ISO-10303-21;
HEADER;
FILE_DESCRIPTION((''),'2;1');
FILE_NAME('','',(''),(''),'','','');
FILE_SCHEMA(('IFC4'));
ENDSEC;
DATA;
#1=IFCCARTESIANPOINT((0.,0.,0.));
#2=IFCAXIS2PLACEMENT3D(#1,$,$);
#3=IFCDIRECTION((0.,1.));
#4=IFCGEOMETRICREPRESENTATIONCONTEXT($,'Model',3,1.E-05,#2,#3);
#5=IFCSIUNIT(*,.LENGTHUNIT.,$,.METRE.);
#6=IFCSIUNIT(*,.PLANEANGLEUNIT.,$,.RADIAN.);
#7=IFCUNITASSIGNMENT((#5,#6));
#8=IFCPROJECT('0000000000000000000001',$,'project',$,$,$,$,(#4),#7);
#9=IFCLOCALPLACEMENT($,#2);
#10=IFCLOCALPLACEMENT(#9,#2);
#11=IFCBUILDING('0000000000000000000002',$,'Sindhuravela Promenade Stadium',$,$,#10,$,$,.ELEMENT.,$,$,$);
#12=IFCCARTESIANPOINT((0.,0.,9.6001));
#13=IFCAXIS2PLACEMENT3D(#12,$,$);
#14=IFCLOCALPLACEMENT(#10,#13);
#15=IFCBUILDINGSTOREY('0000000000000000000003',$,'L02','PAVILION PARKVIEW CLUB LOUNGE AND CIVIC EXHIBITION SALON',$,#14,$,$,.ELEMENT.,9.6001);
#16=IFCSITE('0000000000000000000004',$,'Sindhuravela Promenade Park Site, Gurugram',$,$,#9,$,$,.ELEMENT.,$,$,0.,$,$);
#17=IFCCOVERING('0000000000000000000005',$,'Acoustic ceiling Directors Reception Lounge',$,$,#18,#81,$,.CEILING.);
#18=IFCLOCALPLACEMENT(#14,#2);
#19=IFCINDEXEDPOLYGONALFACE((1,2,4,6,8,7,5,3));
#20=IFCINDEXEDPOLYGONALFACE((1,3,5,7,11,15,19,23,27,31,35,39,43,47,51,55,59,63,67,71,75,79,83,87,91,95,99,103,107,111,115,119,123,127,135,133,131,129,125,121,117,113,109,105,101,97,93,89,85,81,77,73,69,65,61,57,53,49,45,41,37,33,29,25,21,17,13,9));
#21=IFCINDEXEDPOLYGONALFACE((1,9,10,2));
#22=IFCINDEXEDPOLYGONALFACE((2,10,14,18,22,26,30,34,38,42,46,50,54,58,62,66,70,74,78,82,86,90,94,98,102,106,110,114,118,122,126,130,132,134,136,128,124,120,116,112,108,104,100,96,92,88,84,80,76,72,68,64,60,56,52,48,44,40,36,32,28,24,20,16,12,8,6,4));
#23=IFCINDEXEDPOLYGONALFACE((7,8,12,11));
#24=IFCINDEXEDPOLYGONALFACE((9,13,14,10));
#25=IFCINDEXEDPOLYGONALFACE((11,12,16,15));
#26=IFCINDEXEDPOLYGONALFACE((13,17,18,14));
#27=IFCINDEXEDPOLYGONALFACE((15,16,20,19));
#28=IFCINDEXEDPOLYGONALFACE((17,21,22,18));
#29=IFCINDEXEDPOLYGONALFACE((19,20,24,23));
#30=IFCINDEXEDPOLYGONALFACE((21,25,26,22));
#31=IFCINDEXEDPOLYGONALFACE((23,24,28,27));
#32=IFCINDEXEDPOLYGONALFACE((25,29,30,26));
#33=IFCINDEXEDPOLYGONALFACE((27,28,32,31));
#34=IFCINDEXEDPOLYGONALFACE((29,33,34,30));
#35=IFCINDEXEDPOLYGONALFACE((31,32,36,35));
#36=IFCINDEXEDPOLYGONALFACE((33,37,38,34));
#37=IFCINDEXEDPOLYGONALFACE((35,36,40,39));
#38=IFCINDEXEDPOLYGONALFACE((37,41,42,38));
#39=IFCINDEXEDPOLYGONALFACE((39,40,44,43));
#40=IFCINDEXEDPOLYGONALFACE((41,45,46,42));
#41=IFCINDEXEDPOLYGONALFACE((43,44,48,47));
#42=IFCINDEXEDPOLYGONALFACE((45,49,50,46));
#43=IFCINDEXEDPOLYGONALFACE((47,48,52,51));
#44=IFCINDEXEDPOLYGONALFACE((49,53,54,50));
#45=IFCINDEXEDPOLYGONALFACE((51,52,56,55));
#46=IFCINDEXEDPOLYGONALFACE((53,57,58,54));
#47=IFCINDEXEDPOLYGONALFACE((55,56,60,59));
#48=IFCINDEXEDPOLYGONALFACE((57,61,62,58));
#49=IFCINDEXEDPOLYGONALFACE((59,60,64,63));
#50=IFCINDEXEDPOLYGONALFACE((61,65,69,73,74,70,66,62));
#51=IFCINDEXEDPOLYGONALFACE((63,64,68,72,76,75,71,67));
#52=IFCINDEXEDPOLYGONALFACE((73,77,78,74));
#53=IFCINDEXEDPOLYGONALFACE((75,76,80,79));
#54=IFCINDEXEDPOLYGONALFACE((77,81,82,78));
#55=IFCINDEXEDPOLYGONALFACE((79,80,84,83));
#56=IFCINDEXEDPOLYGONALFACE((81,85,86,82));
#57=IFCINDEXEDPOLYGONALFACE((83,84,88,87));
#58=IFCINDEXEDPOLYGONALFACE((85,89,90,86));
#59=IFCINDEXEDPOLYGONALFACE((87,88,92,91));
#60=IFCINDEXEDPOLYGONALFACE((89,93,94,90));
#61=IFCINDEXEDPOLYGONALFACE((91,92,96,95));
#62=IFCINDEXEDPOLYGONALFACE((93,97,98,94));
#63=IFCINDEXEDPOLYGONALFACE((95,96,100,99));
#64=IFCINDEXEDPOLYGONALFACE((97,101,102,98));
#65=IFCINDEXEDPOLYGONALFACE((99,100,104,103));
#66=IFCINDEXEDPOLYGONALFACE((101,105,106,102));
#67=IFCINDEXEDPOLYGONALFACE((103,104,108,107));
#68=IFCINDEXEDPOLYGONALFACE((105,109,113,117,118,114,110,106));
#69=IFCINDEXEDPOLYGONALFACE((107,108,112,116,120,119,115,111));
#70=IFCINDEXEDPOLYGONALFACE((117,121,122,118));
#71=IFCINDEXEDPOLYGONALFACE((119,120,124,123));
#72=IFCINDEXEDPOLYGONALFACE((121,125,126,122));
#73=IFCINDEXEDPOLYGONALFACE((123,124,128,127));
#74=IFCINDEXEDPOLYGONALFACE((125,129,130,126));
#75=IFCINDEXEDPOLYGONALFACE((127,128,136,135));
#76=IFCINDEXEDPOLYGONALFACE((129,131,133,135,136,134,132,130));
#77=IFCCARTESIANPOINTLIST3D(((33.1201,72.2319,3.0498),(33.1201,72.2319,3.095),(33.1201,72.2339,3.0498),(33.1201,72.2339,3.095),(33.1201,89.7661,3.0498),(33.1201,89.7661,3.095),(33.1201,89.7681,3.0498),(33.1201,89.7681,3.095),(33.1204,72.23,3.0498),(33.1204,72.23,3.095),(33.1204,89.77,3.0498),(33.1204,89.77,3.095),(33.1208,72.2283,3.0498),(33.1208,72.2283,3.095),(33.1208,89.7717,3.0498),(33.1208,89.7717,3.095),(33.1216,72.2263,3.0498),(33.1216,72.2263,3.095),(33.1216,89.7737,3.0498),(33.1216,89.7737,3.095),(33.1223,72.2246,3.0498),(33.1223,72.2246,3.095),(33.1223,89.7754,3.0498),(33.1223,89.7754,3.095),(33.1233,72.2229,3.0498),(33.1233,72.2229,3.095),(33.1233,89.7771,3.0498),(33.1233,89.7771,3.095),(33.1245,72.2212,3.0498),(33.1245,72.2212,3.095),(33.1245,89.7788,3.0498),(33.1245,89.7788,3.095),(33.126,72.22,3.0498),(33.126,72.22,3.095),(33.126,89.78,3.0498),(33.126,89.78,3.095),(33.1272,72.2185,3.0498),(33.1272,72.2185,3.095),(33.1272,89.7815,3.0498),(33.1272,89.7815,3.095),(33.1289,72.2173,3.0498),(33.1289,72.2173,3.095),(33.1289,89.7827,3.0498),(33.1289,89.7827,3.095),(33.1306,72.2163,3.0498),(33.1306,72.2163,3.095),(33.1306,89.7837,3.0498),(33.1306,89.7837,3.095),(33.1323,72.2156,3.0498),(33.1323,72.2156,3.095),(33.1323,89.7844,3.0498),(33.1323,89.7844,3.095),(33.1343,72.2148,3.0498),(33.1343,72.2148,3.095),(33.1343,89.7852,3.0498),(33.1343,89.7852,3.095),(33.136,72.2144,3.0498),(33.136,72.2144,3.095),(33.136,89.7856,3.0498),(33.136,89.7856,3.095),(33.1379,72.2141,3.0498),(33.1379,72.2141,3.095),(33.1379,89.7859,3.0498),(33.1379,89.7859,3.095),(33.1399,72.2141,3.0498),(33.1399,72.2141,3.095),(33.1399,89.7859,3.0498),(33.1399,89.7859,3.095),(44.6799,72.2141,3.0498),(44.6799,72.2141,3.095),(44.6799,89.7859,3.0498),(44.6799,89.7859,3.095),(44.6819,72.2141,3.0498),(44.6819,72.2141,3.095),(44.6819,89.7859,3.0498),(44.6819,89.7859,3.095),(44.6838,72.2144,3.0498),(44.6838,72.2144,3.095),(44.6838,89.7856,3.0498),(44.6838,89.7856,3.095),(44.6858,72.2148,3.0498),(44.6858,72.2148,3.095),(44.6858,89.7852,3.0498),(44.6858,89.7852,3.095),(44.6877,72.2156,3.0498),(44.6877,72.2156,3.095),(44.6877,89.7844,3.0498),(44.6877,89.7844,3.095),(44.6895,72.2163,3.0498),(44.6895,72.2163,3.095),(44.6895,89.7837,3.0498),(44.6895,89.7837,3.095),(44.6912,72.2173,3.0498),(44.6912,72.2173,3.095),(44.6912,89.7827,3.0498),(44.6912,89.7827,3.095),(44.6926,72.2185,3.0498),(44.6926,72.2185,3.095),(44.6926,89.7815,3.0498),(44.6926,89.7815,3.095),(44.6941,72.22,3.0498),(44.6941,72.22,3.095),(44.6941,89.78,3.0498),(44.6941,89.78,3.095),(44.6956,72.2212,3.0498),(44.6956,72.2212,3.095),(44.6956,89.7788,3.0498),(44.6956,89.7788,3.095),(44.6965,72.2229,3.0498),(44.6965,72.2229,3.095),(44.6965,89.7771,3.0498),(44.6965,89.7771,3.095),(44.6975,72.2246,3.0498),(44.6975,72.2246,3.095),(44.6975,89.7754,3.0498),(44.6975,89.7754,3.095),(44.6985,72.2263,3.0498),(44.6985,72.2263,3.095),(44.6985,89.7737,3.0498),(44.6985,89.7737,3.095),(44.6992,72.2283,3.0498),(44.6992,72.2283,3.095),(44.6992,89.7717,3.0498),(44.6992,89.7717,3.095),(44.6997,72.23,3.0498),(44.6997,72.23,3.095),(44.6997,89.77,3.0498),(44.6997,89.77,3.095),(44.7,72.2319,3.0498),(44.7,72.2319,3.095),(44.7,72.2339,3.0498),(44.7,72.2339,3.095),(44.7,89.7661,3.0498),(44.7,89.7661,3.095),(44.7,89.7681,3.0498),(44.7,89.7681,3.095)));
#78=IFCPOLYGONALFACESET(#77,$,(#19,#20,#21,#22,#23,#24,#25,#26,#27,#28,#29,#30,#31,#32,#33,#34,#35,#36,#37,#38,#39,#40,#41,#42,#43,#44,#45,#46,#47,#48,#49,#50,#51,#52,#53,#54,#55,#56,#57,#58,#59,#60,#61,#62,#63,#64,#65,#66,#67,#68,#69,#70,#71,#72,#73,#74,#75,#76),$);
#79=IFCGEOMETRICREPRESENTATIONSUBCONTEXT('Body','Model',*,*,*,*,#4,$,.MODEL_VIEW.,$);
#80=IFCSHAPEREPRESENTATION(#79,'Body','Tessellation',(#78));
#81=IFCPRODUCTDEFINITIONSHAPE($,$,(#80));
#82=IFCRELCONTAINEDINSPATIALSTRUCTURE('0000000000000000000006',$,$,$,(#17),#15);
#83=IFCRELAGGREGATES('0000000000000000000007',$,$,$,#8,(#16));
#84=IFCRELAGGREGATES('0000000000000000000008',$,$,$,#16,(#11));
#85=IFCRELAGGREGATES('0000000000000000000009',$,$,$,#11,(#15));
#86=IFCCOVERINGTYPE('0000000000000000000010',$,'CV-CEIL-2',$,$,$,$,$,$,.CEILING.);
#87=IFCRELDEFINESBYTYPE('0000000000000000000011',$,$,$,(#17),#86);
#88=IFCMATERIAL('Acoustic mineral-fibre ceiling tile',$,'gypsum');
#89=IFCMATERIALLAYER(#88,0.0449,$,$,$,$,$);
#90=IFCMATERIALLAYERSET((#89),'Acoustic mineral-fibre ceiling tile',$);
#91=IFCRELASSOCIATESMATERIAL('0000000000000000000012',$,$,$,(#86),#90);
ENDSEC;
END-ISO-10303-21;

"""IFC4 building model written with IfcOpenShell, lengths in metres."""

from ifc_helpers import new_model, si_unit, direction, frame, origin, place, context, subcontext, project, spatial, polyline, outline, extrude, material, layer, layer_set, type_object, element, save


model = new_model("IFC4")

# Units and contexts
model_context = context("Model", 3, precision=1e-05, world=origin(), true_north=direction((0.0, 1.0)))
body_context = subcontext(model_context, "Body", "Model", "MODEL_VIEW")
ifc_project = project(units=[si_unit("LENGTHUNIT", "METRE"), si_unit("PLANEANGLEUNIT", "RADIAN")], contexts=[model_context])

# Site, building, storey
site_placement = place(None, origin())
site = spatial("IfcSite", under=ifc_project, at=site_placement, Name="Sindhuravela Promenade Park Site, Gurugram", CompositionType="ELEMENT", RefElevation=0.0)
building_placement = place(site_placement, origin())
building = spatial("IfcBuilding", under=site, at=building_placement, Name="Sindhuravela Promenade Stadium", CompositionType="ELEMENT")
storey_placement = place(building_placement, frame((0.0, 0.0, 9.6001)))
storey = spatial("IfcBuildingStorey", under=building, at=storey_placement, Name="L02", Description="PAVILION PARKVIEW CLUB LOUNGE AND CIVIC EXHIBITION SALON", CompositionType="ELEMENT", Elevation=9.6001)

# Covering
ifc_material_1 = material(Name="Acoustic mineral-fibre ceiling tile", Category="gypsum")
ifc_layer_1 = layer(ifc_material_1, 0.0449)
ifc_layer_set_1 = layer_set([ifc_layer_1], Name="Acoustic mineral-fibre ceiling tile")
covering_type_1 = type_object("IfcCoveringType", Name="CV-CEIL-2", PredefinedType="CEILING", material=ifc_layer_set_1)
covering_1_placement = place(storey_placement, frame((0.0, 0.0, 3.0498)))
element("IfcCovering", 1, at=covering_1_placement, inside=storey, type_object=covering_type_1, Name="Acoustic ceiling Directors Reception Lounge", PredefinedType="CEILING", context=body_context, shape_type="SweptSolid", body=[
    extrude(outline(polyline([(44.7, 72.2339), (44.7, 72.2319), (44.6997, 72.23), (44.6992, 72.2283), (44.6985, 72.2263), (44.6975, 72.2246), (44.6965, 72.2229), (44.6956, 72.2212), (44.6941, 72.22), (44.6926, 72.2185), (44.6912, 72.2173), (44.6895, 72.2163), (44.6877, 72.2156), (44.6858, 72.2148), (44.6838, 72.2144), (44.6819, 72.2141), (44.6799, 72.2141), (33.1399, 72.2141), (33.1379, 72.2141), (33.136, 72.2144), (33.1343, 72.2148), (33.1323, 72.2156), (33.1306, 72.2163), (33.1289, 72.2173), (33.1272, 72.2185), (33.126, 72.22), (33.1245, 72.2212), (33.1233, 72.2229), (33.1223, 72.2246), (33.1216, 72.2263), (33.1208, 72.2283), (33.1204, 72.23), (33.1201, 72.2319), (33.1201, 72.2339), (33.1201, 89.7661), (33.1201, 89.7681), (33.1204, 89.77), (33.1208, 89.7717), (33.1216, 89.7737), (33.1223, 89.7754), (33.1233, 89.7771), (33.1245, 89.7788), (33.126, 89.78), (33.1272, 89.7815), (33.1289, 89.7827), (33.1306, 89.7837), (33.1323, 89.7844), (33.1343, 89.7852), (33.136, 89.7856), (33.1379, 89.7859), (33.1399, 89.7859), (44.6799, 89.7859), (44.6819, 89.7859), (44.6838, 89.7856), (44.6858, 89.7852), (44.6877, 89.7844), (44.6895, 89.7837), (44.6912, 89.7827), (44.6926, 89.7815), (44.6941, 89.78), (44.6956, 89.7788), (44.6965, 89.7771), (44.6975, 89.7754), (44.6985, 89.7737), (44.6992, 89.7717), (44.6997, 89.77), (44.7, 89.7681), (44.7, 89.7661), (44.7, 72.2339)])), origin(), (0.0, 0.0, 1.0), 0.0452),
])

save(model, "model.ifc")
